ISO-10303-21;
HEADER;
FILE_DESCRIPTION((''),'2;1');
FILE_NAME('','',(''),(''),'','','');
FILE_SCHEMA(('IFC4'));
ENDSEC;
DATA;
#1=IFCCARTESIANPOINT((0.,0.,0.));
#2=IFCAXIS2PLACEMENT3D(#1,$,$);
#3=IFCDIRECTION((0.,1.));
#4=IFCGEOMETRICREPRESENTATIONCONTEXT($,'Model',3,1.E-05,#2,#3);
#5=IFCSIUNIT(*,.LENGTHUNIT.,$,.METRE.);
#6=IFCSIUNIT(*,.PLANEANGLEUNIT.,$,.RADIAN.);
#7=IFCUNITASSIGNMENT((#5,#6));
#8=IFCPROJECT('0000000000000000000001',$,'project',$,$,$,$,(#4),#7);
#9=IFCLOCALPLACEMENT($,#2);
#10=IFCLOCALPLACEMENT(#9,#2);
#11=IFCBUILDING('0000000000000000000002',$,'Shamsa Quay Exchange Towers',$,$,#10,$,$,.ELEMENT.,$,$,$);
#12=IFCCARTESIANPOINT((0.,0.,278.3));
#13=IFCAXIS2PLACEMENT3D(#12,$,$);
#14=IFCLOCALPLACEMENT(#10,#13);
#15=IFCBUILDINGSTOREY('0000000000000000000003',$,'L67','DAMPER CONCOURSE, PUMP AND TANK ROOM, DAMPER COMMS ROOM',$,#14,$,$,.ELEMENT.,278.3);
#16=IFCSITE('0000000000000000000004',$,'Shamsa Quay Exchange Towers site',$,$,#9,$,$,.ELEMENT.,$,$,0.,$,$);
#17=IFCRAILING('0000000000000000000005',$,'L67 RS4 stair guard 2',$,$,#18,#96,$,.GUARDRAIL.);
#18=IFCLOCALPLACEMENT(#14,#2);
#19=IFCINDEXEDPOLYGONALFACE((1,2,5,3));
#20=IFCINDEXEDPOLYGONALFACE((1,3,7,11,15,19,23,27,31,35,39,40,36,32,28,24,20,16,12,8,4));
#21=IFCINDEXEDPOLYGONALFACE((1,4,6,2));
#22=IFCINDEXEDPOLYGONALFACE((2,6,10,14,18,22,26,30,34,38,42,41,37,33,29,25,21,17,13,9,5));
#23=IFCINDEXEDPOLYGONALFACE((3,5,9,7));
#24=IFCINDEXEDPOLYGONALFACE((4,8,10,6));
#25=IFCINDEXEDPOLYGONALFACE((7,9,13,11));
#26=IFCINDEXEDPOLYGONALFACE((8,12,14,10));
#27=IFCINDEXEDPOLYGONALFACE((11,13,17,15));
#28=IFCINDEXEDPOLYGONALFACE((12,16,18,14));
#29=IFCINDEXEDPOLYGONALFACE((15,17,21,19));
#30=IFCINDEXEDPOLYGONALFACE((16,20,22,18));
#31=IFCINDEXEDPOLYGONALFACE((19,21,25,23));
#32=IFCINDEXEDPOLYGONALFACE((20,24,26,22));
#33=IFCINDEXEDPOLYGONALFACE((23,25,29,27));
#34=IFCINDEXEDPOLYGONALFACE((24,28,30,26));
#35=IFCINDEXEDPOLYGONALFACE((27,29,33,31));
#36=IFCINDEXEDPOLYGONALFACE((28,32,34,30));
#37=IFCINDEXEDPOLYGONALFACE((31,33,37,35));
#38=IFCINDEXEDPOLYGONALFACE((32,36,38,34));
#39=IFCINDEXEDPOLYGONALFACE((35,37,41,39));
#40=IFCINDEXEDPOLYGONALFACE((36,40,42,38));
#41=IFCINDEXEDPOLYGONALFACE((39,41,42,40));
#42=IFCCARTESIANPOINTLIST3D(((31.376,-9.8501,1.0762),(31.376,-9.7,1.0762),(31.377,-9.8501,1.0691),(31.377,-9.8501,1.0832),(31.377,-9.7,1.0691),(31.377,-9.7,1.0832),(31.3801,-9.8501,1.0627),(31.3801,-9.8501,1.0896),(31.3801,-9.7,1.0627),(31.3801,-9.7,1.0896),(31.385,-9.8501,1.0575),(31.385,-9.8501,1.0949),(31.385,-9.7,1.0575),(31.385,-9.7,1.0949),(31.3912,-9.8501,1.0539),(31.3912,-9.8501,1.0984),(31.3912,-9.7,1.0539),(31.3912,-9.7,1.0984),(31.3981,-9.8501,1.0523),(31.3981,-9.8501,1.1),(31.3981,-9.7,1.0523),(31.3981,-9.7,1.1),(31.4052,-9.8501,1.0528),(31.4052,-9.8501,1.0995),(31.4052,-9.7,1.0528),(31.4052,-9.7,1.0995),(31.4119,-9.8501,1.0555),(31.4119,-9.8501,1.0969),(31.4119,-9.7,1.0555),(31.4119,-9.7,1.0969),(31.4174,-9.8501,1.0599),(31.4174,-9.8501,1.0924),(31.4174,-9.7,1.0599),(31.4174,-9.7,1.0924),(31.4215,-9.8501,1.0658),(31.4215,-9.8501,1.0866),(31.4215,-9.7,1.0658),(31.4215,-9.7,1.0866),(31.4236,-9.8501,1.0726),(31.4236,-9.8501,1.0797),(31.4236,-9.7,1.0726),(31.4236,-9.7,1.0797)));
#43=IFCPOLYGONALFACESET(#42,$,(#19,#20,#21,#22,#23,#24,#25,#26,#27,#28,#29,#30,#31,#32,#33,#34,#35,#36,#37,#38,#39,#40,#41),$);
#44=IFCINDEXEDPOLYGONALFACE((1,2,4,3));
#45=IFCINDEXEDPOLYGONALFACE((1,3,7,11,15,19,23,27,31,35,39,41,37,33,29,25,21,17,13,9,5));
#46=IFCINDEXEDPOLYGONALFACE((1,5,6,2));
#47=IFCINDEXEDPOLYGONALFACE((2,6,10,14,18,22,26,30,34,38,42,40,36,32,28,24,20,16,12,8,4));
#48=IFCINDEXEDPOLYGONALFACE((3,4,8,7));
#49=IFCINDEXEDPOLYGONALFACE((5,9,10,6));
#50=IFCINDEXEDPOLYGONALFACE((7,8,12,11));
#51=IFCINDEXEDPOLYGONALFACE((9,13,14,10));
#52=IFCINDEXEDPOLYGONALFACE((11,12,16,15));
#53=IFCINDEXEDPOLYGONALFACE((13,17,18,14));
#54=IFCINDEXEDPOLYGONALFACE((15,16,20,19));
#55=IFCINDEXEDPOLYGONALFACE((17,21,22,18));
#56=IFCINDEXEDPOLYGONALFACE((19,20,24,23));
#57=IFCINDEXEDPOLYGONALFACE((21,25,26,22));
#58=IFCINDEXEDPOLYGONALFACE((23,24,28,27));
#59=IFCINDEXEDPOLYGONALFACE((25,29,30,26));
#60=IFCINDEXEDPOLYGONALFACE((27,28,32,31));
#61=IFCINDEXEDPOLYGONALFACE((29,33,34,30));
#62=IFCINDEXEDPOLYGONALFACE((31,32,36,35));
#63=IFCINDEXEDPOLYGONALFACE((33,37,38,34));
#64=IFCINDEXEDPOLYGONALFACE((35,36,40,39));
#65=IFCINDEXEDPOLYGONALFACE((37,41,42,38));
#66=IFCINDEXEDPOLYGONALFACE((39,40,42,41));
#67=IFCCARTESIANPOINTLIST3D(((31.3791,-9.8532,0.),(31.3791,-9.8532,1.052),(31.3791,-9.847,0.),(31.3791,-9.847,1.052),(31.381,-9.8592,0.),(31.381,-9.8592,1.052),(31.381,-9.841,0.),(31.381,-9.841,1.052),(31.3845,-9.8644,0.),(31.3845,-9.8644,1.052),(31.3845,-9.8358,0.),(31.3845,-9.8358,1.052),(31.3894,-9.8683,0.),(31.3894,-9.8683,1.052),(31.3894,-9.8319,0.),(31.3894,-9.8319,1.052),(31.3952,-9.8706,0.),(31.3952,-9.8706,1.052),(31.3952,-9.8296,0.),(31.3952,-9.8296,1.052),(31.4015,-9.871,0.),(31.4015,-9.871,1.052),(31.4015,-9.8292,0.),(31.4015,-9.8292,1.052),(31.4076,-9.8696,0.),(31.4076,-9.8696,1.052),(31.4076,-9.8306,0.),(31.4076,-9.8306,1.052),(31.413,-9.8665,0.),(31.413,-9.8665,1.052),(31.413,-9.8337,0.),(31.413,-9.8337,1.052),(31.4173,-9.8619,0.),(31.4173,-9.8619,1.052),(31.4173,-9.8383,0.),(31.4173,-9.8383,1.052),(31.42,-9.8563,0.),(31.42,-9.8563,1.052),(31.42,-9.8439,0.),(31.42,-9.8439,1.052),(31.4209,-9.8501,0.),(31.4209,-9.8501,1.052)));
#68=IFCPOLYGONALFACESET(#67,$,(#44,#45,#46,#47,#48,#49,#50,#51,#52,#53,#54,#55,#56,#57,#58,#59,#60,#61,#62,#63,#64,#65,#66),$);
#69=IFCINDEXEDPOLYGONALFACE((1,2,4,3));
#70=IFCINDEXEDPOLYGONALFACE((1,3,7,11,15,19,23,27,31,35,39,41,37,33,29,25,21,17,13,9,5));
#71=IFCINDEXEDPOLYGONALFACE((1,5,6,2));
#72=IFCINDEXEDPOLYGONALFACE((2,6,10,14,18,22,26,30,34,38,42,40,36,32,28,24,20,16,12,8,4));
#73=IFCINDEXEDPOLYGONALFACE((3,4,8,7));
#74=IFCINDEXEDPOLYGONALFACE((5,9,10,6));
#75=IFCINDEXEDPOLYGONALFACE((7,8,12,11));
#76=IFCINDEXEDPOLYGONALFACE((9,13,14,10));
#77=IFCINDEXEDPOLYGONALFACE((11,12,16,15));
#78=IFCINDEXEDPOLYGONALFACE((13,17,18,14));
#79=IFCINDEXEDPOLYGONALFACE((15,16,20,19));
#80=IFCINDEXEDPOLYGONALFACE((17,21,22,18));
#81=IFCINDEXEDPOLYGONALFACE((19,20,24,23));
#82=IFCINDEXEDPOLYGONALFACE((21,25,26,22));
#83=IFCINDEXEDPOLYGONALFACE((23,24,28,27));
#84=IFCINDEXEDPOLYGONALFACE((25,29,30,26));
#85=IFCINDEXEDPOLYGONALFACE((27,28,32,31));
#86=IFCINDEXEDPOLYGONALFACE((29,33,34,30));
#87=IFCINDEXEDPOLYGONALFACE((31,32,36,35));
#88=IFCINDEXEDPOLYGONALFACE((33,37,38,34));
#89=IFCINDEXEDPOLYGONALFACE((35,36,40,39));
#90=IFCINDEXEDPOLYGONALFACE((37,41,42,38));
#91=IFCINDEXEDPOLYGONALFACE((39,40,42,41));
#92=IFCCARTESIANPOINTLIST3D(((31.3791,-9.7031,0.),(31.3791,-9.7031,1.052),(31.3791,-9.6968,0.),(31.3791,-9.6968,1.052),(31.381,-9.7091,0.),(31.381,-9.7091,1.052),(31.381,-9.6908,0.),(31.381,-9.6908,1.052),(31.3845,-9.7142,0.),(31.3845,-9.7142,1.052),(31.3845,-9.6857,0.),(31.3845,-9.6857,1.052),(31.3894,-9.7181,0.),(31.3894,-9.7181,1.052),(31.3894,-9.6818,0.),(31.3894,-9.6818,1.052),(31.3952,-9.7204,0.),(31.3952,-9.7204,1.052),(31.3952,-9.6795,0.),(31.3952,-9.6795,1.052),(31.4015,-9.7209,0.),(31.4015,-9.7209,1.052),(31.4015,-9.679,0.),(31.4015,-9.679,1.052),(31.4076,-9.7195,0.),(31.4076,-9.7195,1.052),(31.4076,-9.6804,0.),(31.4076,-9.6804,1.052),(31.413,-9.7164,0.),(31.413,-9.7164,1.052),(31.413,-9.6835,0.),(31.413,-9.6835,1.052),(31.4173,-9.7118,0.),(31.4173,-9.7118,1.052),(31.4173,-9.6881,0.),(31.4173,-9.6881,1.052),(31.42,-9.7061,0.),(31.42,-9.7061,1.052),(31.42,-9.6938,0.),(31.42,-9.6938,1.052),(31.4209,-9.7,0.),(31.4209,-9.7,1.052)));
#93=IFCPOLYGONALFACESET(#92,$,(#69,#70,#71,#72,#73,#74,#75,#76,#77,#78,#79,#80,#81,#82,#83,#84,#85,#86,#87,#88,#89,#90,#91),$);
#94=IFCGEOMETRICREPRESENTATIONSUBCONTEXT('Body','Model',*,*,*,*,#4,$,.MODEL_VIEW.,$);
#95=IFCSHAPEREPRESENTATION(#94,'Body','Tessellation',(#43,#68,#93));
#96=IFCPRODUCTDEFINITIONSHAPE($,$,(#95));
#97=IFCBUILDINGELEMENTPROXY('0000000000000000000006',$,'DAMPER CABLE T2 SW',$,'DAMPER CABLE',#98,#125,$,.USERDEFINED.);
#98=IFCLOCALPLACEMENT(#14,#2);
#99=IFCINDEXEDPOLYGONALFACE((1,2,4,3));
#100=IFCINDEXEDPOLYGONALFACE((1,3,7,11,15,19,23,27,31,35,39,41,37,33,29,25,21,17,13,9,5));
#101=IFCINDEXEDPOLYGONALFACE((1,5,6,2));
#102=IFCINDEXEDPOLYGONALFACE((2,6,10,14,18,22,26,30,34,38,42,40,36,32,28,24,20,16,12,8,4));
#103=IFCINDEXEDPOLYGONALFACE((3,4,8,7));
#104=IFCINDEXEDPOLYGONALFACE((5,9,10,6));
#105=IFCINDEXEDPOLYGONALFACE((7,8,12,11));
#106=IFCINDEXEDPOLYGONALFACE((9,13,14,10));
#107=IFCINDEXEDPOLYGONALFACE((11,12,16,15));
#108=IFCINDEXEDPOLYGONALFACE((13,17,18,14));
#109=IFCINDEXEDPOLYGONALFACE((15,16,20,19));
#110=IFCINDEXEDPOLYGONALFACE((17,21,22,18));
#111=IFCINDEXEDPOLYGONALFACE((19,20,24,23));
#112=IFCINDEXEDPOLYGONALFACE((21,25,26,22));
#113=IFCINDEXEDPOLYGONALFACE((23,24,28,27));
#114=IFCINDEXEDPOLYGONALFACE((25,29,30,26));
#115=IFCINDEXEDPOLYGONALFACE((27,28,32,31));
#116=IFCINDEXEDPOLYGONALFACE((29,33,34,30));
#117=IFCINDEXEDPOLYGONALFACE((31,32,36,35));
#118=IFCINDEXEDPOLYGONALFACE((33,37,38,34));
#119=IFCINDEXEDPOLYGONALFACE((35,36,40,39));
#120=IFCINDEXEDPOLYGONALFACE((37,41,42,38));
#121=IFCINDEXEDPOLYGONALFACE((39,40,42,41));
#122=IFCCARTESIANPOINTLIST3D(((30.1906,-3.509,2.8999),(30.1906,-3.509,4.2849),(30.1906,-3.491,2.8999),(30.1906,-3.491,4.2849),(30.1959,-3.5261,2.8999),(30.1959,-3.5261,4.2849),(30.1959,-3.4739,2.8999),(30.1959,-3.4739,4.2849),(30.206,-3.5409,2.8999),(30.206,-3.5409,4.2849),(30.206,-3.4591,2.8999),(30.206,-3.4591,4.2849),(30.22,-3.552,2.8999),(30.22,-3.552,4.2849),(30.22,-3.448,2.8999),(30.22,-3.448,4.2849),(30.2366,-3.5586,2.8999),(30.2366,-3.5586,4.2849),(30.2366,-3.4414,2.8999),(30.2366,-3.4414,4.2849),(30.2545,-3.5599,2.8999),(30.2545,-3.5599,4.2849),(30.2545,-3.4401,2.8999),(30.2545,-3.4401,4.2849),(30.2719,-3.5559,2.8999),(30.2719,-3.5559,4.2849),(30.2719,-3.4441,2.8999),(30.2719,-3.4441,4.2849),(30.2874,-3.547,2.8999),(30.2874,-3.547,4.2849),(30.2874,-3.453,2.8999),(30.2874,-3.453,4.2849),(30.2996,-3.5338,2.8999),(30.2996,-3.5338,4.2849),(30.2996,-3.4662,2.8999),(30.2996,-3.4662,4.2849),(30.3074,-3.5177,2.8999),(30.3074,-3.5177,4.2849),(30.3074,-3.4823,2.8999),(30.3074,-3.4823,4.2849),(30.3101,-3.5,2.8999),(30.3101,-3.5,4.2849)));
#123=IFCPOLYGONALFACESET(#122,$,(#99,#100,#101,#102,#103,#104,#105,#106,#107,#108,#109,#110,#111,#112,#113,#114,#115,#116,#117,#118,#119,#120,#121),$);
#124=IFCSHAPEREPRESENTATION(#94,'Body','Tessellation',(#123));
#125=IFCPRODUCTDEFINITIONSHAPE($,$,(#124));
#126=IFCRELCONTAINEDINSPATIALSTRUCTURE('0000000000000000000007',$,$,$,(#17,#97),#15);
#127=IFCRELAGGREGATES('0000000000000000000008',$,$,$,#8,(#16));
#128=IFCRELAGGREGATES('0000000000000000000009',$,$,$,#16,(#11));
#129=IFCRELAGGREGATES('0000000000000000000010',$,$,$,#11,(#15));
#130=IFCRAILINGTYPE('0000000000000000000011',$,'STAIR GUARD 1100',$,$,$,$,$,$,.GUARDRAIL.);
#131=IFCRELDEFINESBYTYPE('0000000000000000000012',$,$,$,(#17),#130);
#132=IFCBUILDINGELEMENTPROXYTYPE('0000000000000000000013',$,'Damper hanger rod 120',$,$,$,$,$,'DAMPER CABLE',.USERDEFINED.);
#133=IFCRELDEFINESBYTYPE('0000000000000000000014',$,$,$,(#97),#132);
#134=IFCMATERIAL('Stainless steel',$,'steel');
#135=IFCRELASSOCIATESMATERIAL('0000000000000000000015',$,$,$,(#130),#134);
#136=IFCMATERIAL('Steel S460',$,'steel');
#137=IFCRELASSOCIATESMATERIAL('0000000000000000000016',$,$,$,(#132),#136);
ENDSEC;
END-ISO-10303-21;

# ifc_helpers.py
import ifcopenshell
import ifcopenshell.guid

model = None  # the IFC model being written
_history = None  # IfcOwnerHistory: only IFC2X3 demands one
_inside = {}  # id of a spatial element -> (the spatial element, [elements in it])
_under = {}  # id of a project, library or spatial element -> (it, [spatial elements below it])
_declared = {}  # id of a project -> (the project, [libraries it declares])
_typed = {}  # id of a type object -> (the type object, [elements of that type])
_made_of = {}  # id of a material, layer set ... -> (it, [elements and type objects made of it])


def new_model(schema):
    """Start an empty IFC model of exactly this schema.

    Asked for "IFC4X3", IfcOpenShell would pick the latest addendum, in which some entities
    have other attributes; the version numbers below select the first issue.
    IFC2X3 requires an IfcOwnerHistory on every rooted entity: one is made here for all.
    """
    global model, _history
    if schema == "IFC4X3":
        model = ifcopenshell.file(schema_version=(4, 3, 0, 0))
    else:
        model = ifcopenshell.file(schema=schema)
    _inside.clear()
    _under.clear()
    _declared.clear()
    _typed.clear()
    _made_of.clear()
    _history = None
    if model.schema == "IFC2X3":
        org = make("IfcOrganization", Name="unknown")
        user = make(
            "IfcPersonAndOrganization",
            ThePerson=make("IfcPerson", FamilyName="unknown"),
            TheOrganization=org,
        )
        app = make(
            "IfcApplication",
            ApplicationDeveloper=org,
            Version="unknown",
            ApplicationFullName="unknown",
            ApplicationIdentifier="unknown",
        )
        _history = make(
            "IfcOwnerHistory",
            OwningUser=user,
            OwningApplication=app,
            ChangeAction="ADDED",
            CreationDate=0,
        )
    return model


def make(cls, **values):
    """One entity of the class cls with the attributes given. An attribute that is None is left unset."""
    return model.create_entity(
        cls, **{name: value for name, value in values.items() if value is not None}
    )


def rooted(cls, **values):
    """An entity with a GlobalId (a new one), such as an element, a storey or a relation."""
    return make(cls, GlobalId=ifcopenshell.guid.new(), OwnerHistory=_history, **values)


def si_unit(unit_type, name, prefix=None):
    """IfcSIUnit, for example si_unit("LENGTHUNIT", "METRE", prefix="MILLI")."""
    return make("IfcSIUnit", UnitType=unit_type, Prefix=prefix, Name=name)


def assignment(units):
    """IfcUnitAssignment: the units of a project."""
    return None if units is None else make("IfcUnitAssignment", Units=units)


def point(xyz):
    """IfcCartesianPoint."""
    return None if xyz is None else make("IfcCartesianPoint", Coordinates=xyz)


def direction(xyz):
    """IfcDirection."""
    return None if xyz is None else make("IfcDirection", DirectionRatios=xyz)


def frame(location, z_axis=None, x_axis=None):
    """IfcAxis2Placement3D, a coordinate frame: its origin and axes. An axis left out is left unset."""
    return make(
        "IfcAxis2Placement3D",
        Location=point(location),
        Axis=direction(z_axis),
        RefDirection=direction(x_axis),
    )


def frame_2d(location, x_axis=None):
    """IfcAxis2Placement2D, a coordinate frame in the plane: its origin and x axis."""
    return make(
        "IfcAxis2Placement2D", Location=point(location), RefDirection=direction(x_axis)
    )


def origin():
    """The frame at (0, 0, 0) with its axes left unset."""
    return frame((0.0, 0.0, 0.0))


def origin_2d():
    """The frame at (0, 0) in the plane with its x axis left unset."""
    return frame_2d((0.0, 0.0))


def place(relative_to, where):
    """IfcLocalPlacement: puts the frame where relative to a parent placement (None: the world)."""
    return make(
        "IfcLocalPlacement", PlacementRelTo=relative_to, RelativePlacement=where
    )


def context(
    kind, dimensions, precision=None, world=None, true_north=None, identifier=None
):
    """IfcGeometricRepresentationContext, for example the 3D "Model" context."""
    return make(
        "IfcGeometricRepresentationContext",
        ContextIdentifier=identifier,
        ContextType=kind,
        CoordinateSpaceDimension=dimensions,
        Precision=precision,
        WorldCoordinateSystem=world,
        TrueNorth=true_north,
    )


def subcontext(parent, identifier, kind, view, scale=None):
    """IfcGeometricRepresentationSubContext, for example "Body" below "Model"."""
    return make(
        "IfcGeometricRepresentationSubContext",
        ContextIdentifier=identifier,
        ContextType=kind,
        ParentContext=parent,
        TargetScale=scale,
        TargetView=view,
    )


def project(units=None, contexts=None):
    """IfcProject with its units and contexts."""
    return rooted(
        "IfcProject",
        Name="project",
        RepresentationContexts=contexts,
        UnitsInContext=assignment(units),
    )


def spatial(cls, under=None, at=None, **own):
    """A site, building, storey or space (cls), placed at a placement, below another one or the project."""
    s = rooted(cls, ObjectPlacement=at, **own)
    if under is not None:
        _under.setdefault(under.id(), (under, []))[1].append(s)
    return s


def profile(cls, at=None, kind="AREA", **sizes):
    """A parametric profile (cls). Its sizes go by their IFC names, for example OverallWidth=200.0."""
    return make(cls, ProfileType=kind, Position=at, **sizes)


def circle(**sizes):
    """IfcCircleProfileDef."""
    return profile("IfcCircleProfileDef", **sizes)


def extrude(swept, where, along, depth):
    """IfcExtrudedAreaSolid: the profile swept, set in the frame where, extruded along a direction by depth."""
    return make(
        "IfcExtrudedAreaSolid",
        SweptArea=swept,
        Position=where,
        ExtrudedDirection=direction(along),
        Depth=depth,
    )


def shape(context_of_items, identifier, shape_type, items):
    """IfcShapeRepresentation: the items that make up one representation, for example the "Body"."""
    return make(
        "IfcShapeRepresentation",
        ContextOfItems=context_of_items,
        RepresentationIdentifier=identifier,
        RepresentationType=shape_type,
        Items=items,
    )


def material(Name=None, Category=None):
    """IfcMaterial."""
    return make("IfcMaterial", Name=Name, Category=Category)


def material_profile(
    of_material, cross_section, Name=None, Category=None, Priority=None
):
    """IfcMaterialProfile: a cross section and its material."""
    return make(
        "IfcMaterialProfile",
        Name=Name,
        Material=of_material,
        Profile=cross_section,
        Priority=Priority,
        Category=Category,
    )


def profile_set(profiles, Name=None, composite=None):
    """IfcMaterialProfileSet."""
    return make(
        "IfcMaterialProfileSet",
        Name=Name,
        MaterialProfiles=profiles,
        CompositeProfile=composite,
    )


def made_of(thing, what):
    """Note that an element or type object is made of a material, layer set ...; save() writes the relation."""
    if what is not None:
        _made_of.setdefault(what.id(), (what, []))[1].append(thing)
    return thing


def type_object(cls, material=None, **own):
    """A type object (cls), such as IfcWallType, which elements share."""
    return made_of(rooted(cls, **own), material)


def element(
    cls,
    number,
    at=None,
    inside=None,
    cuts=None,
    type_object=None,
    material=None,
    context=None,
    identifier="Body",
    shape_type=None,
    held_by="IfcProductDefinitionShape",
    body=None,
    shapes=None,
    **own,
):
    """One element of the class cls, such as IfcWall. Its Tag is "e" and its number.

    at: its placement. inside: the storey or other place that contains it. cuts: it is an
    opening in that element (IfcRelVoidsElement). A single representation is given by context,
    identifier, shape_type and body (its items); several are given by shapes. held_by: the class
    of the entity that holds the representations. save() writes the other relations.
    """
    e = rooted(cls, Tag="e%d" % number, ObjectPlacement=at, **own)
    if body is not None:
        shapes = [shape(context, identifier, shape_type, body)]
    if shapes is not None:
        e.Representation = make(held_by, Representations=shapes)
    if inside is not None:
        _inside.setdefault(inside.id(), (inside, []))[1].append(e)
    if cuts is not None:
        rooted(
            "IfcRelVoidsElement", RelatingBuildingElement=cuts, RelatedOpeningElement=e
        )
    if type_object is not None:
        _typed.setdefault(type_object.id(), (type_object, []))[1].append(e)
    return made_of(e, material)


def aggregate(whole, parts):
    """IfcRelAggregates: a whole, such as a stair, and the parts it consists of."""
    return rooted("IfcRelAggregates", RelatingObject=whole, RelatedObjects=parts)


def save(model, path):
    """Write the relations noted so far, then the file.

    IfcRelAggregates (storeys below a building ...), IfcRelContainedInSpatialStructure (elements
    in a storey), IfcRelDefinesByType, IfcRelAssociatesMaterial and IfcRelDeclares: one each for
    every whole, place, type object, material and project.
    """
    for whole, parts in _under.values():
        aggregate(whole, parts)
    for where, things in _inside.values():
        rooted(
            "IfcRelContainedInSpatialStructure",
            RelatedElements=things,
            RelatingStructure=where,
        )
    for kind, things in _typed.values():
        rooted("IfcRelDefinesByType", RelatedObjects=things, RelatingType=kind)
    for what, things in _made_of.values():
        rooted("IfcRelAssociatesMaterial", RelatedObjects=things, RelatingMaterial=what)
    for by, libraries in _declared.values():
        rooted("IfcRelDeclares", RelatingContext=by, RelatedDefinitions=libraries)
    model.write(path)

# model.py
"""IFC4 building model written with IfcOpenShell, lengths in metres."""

from ifc_helpers import new_model, si_unit, direction, frame, origin, origin_2d, place, context, subcontext, project, spatial, circle, extrude, material, material_profile, profile_set, type_object, element, save


model = new_model("IFC4")

# Units and contexts
model_context = context("Model", 3, precision=1e-05, world=origin(), true_north=direction((0.0, 1.0)))
body_context = subcontext(model_context, "Body", "Model", "MODEL_VIEW")
ifc_project = project(units=[si_unit("LENGTHUNIT", "METRE"), si_unit("PLANEANGLEUNIT", "RADIAN")], contexts=[model_context])

# Site, building, storey
site_placement = place(None, origin())
site = spatial("IfcSite", under=ifc_project, at=site_placement, Name="Shamsa Quay Exchange Towers site", CompositionType="ELEMENT", RefElevation=0.0)
building_placement = place(site_placement, origin())
building = spatial("IfcBuilding", under=site, at=building_placement, Name="Shamsa Quay Exchange Towers", CompositionType="ELEMENT")
storey_placement = place(building_placement, frame((0.0, 0.0, 278.3)))
storey = spatial("IfcBuildingStorey", under=building, at=storey_placement, Name="L67", Description="DAMPER CONCOURSE, PUMP AND TANK ROOM, DAMPER COMMS ROOM", CompositionType="ELEMENT", Elevation=278.3)

# Railing
ifc_material_1 = material(Name="Stainless steel", Category="steel")
railing_type_1 = type_object("IfcRailingType", Name="STAIR GUARD 1100", PredefinedType="GUARDRAIL", material=ifc_material_1)
railing_1_placement = place(storey_placement, frame((31.3999, -9.8501, 0.0)))
element("IfcRailing", 1, at=railing_1_placement, inside=storey, type_object=railing_type_1, Name="L67 RS4 stair guard 2", PredefinedType="GUARDRAIL", context=body_context, shape_type="SweptSolid", body=[
    extrude(circle(Radius=0.0239, at=origin_2d()), frame((0.0, 0.0, 1.0762), z_axis=(0.0, 1.0, 0.0), x_axis=(-1.0, 0.0, 0.0)), (0.0, 0.0, 1.0), 0.1501),
    extrude(circle(Radius=0.021, at=origin_2d()), origin(), (0.0, 0.0, 1.0), 1.052),
    extrude(circle(Radius=0.021, at=origin_2d()), frame((0.0, 0.1501, 0.0)), (0.0, 0.0, 1.0), 1.052),
])

# Building element proxy
ifc_material_2 = material(Name="Steel S460", Category="steel")
ifc_material_profile_1 = material_profile(ifc_material_2, circle(Radius=0.0601, at=origin_2d()), Name="R120")
ifc_profile_set_1 = profile_set([ifc_material_profile_1], Name="Steel S460")
building_element_proxy_type = type_object("IfcBuildingElementProxyType", Name="Damper hanger rod 120", ElementType="DAMPER CABLE", PredefinedType="USERDEFINED", material=ifc_profile_set_1)
proxy_placement = place(storey_placement, frame((30.25, -3.5, 2.8999)))
element("IfcBuildingElementProxy", 2, at=proxy_placement, inside=storey, type_object=building_element_proxy_type, Name="DAMPER CABLE T2 SW", ObjectType="DAMPER CABLE", PredefinedType="USERDEFINED", context=body_context, shape_type="SweptSolid", body=[
    extrude(circle(Radius=0.0601, at=origin_2d()), origin(), (0.0, 0.0, 1.0), 1.385),
])

save(model, "model.ifc")
